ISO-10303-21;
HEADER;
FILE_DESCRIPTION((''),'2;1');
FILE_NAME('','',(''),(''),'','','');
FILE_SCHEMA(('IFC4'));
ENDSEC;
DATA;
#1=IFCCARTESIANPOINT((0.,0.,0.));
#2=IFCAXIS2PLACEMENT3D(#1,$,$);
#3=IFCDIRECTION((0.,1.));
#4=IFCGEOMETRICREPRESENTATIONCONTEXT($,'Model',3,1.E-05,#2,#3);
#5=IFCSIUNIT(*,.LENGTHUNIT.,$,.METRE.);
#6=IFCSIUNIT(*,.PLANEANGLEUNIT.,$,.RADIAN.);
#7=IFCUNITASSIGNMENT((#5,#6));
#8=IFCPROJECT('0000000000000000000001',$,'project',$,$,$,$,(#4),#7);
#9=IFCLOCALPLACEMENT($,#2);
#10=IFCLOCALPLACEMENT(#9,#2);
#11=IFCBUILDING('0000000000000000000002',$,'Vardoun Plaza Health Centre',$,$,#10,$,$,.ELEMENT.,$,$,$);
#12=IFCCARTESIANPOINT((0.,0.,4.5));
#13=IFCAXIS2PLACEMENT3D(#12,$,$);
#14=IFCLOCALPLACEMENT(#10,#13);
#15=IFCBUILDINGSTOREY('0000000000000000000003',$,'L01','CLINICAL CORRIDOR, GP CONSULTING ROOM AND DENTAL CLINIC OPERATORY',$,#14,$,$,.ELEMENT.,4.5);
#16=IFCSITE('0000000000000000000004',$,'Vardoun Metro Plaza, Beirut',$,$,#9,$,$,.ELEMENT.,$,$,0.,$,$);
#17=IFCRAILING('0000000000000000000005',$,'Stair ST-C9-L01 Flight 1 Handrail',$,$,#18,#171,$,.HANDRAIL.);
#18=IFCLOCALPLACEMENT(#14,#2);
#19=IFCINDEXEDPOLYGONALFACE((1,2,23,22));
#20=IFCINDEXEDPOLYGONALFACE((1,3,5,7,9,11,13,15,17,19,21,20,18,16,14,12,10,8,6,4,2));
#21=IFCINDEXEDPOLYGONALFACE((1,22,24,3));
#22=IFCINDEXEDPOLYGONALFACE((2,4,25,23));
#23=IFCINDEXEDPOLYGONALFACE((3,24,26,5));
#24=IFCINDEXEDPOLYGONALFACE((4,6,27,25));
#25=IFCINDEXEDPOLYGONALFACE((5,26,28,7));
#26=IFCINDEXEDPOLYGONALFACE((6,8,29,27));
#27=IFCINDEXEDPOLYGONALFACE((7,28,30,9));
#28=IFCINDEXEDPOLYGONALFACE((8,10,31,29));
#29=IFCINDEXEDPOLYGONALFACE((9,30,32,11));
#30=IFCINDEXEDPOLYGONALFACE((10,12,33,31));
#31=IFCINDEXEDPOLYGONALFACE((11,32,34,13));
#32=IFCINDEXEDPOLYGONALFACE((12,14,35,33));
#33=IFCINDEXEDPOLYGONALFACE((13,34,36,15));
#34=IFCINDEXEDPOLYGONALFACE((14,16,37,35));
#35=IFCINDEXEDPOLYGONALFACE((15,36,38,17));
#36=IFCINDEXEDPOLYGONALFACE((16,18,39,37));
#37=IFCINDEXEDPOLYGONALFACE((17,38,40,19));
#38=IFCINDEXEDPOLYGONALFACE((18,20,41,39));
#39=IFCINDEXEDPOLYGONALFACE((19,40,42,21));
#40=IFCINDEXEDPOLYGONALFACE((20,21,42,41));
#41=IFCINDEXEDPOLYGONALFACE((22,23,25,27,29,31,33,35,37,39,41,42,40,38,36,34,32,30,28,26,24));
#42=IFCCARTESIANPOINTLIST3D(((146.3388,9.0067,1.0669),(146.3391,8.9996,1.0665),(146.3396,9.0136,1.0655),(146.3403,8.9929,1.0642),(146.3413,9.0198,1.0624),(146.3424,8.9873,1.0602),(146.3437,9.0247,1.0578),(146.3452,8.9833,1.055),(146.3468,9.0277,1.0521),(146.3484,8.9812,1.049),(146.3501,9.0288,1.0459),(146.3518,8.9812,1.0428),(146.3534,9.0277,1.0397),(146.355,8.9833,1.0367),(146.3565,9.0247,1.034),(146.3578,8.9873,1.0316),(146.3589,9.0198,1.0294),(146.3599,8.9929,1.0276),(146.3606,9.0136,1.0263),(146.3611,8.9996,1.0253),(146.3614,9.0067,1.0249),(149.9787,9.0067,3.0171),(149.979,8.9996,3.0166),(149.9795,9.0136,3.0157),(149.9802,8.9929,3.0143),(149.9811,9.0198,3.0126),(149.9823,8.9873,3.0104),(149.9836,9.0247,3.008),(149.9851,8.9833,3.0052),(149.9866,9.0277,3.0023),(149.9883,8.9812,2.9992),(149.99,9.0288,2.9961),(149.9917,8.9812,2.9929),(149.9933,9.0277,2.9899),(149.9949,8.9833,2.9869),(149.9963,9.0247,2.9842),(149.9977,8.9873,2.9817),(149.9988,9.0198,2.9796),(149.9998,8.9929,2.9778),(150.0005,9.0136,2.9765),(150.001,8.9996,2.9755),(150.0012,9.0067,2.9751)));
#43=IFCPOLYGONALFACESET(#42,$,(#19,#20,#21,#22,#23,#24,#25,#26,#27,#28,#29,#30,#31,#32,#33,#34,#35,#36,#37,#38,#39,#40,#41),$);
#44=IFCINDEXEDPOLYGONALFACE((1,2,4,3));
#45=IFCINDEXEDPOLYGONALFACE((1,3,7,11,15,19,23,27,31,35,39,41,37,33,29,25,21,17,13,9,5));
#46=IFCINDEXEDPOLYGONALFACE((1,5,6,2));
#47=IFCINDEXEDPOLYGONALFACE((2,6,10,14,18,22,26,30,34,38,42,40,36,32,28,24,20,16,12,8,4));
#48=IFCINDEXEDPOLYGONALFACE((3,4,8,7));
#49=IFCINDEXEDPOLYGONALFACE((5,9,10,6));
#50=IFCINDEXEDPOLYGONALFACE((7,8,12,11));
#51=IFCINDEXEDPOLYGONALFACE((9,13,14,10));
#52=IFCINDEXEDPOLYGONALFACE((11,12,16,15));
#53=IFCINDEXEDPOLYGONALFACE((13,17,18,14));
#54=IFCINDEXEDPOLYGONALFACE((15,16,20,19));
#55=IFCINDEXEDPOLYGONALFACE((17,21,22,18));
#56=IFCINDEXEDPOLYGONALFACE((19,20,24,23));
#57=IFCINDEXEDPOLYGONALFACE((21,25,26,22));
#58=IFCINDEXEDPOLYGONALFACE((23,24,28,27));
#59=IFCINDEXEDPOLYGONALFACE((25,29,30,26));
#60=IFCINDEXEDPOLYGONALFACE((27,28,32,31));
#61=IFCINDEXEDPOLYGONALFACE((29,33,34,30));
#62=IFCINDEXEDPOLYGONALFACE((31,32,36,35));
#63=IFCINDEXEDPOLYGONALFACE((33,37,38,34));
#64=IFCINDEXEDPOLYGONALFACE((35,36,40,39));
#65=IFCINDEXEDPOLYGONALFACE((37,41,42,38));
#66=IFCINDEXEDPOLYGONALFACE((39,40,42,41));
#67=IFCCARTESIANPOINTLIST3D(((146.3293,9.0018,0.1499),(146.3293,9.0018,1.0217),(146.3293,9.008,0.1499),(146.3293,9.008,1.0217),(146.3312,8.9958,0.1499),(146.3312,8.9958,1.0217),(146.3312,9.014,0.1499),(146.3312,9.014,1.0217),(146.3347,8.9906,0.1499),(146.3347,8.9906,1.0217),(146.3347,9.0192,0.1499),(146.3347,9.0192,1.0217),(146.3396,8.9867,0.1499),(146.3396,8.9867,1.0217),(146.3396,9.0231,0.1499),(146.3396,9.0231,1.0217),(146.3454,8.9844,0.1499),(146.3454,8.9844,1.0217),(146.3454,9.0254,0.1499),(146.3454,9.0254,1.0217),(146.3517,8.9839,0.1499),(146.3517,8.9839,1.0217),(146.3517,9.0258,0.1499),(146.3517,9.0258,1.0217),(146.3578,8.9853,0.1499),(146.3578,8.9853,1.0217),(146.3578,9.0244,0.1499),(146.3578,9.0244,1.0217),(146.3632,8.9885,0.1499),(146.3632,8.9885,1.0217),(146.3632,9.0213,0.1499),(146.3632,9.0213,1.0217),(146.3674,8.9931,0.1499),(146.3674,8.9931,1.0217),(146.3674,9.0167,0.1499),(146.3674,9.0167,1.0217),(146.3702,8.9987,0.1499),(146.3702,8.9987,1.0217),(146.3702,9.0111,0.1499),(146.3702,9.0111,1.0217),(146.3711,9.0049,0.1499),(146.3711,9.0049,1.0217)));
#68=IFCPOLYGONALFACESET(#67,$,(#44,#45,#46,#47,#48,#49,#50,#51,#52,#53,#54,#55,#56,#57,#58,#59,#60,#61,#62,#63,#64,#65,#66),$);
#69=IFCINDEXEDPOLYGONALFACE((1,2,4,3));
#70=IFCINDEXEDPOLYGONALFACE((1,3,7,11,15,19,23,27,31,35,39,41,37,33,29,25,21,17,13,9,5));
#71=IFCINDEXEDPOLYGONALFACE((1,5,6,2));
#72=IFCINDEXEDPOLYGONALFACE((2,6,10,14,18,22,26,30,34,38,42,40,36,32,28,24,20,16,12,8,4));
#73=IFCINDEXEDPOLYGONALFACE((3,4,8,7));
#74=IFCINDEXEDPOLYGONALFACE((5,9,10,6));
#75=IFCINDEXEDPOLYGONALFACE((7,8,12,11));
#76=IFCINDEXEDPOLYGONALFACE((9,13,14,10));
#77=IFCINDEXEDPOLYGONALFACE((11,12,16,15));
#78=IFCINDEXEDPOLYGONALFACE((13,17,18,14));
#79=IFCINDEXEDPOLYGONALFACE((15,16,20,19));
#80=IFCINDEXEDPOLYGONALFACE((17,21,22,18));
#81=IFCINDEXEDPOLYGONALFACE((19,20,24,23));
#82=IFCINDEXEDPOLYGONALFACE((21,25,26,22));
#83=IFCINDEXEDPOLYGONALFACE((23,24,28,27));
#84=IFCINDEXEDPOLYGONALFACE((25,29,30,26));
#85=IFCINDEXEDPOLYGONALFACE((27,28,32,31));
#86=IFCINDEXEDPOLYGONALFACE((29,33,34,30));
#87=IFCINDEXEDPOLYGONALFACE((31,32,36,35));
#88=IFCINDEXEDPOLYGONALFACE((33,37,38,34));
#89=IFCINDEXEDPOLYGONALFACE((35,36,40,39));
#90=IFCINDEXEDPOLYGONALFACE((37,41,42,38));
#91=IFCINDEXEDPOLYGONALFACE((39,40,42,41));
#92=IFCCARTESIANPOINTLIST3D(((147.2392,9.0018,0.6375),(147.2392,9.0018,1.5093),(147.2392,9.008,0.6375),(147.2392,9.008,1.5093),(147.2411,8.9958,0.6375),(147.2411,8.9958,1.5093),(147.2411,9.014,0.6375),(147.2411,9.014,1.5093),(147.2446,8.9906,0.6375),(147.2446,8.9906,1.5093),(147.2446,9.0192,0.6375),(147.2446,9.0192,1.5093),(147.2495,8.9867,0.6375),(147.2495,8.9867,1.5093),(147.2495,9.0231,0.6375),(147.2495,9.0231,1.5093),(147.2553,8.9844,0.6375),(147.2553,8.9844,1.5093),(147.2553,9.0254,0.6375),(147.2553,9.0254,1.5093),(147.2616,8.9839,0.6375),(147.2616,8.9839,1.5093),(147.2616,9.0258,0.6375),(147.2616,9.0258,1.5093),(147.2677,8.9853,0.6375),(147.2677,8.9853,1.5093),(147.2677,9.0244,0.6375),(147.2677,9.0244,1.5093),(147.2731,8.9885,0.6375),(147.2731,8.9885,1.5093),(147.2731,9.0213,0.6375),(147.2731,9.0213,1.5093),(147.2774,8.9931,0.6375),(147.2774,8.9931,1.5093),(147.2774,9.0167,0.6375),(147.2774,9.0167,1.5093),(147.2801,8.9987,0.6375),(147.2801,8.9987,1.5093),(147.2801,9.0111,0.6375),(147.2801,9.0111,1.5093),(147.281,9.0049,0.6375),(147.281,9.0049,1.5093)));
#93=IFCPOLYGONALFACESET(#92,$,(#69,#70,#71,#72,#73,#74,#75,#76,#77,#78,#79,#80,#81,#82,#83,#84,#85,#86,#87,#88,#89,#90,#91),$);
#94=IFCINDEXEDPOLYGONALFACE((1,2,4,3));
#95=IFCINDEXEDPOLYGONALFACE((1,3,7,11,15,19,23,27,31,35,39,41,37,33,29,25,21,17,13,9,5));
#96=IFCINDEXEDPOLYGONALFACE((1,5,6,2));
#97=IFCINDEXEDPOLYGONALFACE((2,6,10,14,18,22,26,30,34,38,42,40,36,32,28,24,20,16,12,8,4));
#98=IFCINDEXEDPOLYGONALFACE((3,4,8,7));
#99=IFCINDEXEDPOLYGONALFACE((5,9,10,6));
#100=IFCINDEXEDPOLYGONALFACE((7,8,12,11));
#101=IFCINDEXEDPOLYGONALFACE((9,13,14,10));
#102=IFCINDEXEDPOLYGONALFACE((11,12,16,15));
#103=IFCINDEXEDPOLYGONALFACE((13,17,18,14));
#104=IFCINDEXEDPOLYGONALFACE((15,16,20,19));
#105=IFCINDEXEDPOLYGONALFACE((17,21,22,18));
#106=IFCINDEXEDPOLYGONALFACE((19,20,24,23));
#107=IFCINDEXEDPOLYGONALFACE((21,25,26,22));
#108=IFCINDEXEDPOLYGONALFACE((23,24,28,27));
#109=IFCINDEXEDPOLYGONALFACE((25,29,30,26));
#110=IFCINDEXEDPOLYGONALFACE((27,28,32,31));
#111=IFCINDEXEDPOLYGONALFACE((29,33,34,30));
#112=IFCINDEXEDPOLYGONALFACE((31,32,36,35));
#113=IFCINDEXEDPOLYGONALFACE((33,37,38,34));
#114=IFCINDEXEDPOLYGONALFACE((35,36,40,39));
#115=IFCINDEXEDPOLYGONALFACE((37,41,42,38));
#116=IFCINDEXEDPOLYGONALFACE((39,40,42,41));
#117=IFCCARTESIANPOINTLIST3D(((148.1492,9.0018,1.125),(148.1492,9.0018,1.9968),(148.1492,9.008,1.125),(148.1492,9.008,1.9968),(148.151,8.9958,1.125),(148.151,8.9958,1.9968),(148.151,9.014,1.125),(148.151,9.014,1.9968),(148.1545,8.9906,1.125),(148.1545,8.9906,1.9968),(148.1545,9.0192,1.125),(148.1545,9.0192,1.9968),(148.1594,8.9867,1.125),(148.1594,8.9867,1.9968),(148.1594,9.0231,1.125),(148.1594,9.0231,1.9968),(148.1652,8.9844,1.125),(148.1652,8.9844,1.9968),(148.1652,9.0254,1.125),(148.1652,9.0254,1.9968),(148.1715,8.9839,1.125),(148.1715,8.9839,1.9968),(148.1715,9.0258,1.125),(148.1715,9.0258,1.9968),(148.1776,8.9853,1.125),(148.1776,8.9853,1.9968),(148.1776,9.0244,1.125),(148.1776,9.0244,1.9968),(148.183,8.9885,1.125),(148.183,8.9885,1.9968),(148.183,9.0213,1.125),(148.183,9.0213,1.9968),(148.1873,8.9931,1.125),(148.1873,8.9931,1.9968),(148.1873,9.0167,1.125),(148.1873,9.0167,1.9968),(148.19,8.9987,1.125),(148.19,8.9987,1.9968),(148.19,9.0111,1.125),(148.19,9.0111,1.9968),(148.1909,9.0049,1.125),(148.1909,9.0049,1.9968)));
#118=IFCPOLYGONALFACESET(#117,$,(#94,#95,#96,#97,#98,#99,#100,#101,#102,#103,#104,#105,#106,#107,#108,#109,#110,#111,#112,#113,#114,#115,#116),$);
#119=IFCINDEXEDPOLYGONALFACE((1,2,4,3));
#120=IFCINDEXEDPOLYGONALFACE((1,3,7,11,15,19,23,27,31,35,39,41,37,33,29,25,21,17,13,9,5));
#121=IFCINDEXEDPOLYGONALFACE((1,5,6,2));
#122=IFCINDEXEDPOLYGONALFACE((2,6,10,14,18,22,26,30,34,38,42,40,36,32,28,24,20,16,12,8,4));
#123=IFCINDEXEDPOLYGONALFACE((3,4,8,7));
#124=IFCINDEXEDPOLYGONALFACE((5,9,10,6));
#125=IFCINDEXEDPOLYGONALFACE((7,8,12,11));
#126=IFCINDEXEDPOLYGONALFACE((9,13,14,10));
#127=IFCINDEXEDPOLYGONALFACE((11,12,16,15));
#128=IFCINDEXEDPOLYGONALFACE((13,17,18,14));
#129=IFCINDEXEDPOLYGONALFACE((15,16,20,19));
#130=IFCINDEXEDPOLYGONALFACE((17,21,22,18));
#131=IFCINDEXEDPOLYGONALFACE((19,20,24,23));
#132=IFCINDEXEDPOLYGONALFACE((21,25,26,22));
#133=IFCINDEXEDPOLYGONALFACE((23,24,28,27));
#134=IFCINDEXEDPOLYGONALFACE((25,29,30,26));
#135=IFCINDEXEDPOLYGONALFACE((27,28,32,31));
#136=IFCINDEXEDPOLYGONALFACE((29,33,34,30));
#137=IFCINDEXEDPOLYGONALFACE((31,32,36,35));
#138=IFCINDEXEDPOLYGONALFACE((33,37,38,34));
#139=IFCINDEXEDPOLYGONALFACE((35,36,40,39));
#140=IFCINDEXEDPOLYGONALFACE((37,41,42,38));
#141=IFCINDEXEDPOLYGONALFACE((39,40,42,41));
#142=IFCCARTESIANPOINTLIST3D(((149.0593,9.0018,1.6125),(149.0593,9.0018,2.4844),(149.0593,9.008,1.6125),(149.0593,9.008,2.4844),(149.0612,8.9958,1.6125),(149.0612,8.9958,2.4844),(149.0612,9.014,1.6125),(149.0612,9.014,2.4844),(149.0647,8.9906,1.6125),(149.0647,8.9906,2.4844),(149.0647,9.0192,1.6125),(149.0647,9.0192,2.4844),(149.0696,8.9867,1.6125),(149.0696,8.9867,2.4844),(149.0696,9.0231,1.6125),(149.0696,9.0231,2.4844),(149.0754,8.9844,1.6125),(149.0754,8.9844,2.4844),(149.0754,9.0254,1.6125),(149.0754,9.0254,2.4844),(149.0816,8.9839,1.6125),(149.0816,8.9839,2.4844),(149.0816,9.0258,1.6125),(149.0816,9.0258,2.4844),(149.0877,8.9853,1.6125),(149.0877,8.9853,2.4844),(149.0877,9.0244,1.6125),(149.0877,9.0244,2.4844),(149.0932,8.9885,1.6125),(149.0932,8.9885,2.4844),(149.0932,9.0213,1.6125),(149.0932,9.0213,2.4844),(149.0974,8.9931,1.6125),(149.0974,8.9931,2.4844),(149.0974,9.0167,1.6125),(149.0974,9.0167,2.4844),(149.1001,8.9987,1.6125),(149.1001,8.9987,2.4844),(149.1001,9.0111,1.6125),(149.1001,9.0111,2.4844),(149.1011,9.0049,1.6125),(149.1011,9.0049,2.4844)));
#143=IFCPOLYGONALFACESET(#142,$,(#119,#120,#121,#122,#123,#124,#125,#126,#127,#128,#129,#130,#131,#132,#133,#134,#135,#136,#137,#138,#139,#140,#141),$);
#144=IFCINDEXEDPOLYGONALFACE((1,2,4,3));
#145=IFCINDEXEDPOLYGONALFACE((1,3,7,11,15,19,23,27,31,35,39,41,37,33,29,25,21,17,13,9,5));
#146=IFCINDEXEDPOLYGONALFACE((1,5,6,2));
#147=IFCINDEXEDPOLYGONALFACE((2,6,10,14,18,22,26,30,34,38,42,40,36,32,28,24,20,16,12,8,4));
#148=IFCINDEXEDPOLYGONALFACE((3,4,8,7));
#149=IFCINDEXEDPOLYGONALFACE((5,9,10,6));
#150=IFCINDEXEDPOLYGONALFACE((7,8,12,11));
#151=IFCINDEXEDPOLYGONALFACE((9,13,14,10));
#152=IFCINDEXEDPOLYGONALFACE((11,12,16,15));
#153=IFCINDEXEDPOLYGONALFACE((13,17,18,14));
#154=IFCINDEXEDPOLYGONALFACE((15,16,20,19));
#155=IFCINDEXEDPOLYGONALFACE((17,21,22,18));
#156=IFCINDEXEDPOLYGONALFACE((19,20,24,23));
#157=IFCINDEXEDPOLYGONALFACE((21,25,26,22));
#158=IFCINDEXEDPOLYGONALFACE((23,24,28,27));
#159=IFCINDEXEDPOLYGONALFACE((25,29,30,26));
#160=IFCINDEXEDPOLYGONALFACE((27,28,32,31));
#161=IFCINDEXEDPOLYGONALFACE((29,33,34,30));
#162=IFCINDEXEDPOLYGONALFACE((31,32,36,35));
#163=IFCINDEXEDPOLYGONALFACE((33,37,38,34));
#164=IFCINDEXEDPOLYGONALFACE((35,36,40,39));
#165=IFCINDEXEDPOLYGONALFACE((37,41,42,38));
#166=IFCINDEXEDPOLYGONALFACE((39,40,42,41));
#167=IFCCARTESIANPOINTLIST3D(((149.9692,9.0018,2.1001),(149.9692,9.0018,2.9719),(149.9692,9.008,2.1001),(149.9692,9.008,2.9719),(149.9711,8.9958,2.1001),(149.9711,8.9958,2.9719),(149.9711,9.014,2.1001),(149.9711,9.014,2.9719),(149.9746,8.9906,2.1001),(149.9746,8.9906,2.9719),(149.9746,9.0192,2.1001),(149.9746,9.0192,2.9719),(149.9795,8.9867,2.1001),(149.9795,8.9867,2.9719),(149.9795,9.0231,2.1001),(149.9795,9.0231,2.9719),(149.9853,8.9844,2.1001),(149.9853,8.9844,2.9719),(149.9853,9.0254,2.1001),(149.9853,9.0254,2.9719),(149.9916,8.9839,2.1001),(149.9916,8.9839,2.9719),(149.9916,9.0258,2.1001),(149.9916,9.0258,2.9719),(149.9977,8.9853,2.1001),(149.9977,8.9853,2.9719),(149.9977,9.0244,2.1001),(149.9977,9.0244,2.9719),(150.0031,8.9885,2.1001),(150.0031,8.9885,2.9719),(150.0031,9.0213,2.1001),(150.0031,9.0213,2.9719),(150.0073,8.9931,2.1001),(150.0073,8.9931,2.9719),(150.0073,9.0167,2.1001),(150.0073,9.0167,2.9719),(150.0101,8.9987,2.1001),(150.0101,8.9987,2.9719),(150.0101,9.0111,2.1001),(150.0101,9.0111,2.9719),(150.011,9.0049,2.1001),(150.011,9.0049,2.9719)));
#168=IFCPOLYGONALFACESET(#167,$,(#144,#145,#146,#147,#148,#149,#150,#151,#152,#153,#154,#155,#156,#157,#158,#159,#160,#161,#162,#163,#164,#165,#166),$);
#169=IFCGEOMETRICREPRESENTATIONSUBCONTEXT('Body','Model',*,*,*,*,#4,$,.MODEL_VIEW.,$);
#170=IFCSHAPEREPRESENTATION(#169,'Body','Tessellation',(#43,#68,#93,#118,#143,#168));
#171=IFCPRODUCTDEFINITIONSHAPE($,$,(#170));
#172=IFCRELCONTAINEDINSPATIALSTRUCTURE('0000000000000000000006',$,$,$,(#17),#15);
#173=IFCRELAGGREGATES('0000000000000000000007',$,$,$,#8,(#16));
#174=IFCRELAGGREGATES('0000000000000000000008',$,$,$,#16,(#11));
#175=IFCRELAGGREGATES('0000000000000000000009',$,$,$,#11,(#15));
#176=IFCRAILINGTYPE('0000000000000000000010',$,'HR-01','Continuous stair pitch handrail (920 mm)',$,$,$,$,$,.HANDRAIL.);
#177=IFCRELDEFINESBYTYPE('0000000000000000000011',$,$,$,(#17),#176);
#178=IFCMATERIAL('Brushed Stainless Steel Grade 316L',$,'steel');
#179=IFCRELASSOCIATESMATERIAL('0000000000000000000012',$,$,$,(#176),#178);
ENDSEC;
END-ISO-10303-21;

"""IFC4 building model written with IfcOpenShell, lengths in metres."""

from ifc_helpers import new_model, si_unit, direction, frame, origin, origin_2d, place, context, subcontext, project, spatial, circle, extrude, material, type_object, element, save


model = new_model("IFC4")

# Units and contexts
model_context = context("Model", 3, precision=1e-05, world=origin(), true_north=direction((0.0, 1.0)))
body_context = subcontext(model_context, "Body", "Model", "MODEL_VIEW")
ifc_project = project(units=[si_unit("LENGTHUNIT", "METRE"), si_unit("PLANEANGLEUNIT", "RADIAN")], contexts=[model_context])

# Site, building, storey
site_placement = place(None, origin())
site = spatial("IfcSite", under=ifc_project, at=site_placement, Name="Vardoun Metro Plaza, Beirut", CompositionType="ELEMENT", RefElevation=0.0)
building_placement = place(site_placement, origin())
building = spatial("IfcBuilding", under=site, at=building_placement, Name="Vardoun Plaza Health Centre", CompositionType="ELEMENT")
storey_placement = place(building_placement, frame((0.0, 0.0, 4.5)))
storey = spatial("IfcBuildingStorey", under=building, at=storey_placement, Name="L01", Description="CLINICAL CORRIDOR, GP CONSULTING ROOM AND DENTAL CLINIC OPERATORY", CompositionType="ELEMENT", Elevation=4.5)

# Railing
ifc_material_1 = material(Name="Brushed Stainless Steel Grade 316L", Category="steel")
railing_type_1 = type_object("IfcRailingType", Name="HR-01", Description="Continuous stair pitch handrail (920 mm)", PredefinedType="HANDRAIL", material=ifc_material_1)
railing_1_placement = place(storey_placement, frame((146.3501, 9.0049, 0.1499)))
element("IfcRailing", 1, at=railing_1_placement, inside=storey, type_object=railing_type_1, Name="Stair ST-C9-L01 Flight 1 Handrail", PredefinedType="HANDRAIL", context=body_context, shape_type="SweptSolid", body=[
    extrude(circle(Radius=0.0239, at=origin_2d()), frame((0.0, 0.0, 0.896), z_axis=(0.881454, 0.0, 0.472269), x_axis=(0.0, 1.0, 0.0)), (0.0, 0.0, 1.0), 4.1294),
    extrude(circle(Radius=0.021, at=origin_2d()), origin(), (0.0, 0.0, 1.0), 0.8718),
    extrude(circle(Radius=0.021, at=origin_2d()), frame((0.9099, 0.0, 0.4875)), (0.0, 0.0, 1.0), 0.8718),
    extrude(circle(Radius=0.021, at=origin_2d()), frame((1.8198, 0.0, 0.9751)), (0.0, 0.0, 1.0), 0.8718),
    extrude(circle(Radius=0.021, at=origin_2d()), frame((2.73, 0.0, 1.4626)), (0.0, 0.0, 1.0), 0.8718),
    extrude(circle(Radius=0.021, at=origin_2d()), frame((3.6399, 0.0, 1.9502)), (0.0, 0.0, 1.0), 0.8718),
])

save(model, "model.ifc")
